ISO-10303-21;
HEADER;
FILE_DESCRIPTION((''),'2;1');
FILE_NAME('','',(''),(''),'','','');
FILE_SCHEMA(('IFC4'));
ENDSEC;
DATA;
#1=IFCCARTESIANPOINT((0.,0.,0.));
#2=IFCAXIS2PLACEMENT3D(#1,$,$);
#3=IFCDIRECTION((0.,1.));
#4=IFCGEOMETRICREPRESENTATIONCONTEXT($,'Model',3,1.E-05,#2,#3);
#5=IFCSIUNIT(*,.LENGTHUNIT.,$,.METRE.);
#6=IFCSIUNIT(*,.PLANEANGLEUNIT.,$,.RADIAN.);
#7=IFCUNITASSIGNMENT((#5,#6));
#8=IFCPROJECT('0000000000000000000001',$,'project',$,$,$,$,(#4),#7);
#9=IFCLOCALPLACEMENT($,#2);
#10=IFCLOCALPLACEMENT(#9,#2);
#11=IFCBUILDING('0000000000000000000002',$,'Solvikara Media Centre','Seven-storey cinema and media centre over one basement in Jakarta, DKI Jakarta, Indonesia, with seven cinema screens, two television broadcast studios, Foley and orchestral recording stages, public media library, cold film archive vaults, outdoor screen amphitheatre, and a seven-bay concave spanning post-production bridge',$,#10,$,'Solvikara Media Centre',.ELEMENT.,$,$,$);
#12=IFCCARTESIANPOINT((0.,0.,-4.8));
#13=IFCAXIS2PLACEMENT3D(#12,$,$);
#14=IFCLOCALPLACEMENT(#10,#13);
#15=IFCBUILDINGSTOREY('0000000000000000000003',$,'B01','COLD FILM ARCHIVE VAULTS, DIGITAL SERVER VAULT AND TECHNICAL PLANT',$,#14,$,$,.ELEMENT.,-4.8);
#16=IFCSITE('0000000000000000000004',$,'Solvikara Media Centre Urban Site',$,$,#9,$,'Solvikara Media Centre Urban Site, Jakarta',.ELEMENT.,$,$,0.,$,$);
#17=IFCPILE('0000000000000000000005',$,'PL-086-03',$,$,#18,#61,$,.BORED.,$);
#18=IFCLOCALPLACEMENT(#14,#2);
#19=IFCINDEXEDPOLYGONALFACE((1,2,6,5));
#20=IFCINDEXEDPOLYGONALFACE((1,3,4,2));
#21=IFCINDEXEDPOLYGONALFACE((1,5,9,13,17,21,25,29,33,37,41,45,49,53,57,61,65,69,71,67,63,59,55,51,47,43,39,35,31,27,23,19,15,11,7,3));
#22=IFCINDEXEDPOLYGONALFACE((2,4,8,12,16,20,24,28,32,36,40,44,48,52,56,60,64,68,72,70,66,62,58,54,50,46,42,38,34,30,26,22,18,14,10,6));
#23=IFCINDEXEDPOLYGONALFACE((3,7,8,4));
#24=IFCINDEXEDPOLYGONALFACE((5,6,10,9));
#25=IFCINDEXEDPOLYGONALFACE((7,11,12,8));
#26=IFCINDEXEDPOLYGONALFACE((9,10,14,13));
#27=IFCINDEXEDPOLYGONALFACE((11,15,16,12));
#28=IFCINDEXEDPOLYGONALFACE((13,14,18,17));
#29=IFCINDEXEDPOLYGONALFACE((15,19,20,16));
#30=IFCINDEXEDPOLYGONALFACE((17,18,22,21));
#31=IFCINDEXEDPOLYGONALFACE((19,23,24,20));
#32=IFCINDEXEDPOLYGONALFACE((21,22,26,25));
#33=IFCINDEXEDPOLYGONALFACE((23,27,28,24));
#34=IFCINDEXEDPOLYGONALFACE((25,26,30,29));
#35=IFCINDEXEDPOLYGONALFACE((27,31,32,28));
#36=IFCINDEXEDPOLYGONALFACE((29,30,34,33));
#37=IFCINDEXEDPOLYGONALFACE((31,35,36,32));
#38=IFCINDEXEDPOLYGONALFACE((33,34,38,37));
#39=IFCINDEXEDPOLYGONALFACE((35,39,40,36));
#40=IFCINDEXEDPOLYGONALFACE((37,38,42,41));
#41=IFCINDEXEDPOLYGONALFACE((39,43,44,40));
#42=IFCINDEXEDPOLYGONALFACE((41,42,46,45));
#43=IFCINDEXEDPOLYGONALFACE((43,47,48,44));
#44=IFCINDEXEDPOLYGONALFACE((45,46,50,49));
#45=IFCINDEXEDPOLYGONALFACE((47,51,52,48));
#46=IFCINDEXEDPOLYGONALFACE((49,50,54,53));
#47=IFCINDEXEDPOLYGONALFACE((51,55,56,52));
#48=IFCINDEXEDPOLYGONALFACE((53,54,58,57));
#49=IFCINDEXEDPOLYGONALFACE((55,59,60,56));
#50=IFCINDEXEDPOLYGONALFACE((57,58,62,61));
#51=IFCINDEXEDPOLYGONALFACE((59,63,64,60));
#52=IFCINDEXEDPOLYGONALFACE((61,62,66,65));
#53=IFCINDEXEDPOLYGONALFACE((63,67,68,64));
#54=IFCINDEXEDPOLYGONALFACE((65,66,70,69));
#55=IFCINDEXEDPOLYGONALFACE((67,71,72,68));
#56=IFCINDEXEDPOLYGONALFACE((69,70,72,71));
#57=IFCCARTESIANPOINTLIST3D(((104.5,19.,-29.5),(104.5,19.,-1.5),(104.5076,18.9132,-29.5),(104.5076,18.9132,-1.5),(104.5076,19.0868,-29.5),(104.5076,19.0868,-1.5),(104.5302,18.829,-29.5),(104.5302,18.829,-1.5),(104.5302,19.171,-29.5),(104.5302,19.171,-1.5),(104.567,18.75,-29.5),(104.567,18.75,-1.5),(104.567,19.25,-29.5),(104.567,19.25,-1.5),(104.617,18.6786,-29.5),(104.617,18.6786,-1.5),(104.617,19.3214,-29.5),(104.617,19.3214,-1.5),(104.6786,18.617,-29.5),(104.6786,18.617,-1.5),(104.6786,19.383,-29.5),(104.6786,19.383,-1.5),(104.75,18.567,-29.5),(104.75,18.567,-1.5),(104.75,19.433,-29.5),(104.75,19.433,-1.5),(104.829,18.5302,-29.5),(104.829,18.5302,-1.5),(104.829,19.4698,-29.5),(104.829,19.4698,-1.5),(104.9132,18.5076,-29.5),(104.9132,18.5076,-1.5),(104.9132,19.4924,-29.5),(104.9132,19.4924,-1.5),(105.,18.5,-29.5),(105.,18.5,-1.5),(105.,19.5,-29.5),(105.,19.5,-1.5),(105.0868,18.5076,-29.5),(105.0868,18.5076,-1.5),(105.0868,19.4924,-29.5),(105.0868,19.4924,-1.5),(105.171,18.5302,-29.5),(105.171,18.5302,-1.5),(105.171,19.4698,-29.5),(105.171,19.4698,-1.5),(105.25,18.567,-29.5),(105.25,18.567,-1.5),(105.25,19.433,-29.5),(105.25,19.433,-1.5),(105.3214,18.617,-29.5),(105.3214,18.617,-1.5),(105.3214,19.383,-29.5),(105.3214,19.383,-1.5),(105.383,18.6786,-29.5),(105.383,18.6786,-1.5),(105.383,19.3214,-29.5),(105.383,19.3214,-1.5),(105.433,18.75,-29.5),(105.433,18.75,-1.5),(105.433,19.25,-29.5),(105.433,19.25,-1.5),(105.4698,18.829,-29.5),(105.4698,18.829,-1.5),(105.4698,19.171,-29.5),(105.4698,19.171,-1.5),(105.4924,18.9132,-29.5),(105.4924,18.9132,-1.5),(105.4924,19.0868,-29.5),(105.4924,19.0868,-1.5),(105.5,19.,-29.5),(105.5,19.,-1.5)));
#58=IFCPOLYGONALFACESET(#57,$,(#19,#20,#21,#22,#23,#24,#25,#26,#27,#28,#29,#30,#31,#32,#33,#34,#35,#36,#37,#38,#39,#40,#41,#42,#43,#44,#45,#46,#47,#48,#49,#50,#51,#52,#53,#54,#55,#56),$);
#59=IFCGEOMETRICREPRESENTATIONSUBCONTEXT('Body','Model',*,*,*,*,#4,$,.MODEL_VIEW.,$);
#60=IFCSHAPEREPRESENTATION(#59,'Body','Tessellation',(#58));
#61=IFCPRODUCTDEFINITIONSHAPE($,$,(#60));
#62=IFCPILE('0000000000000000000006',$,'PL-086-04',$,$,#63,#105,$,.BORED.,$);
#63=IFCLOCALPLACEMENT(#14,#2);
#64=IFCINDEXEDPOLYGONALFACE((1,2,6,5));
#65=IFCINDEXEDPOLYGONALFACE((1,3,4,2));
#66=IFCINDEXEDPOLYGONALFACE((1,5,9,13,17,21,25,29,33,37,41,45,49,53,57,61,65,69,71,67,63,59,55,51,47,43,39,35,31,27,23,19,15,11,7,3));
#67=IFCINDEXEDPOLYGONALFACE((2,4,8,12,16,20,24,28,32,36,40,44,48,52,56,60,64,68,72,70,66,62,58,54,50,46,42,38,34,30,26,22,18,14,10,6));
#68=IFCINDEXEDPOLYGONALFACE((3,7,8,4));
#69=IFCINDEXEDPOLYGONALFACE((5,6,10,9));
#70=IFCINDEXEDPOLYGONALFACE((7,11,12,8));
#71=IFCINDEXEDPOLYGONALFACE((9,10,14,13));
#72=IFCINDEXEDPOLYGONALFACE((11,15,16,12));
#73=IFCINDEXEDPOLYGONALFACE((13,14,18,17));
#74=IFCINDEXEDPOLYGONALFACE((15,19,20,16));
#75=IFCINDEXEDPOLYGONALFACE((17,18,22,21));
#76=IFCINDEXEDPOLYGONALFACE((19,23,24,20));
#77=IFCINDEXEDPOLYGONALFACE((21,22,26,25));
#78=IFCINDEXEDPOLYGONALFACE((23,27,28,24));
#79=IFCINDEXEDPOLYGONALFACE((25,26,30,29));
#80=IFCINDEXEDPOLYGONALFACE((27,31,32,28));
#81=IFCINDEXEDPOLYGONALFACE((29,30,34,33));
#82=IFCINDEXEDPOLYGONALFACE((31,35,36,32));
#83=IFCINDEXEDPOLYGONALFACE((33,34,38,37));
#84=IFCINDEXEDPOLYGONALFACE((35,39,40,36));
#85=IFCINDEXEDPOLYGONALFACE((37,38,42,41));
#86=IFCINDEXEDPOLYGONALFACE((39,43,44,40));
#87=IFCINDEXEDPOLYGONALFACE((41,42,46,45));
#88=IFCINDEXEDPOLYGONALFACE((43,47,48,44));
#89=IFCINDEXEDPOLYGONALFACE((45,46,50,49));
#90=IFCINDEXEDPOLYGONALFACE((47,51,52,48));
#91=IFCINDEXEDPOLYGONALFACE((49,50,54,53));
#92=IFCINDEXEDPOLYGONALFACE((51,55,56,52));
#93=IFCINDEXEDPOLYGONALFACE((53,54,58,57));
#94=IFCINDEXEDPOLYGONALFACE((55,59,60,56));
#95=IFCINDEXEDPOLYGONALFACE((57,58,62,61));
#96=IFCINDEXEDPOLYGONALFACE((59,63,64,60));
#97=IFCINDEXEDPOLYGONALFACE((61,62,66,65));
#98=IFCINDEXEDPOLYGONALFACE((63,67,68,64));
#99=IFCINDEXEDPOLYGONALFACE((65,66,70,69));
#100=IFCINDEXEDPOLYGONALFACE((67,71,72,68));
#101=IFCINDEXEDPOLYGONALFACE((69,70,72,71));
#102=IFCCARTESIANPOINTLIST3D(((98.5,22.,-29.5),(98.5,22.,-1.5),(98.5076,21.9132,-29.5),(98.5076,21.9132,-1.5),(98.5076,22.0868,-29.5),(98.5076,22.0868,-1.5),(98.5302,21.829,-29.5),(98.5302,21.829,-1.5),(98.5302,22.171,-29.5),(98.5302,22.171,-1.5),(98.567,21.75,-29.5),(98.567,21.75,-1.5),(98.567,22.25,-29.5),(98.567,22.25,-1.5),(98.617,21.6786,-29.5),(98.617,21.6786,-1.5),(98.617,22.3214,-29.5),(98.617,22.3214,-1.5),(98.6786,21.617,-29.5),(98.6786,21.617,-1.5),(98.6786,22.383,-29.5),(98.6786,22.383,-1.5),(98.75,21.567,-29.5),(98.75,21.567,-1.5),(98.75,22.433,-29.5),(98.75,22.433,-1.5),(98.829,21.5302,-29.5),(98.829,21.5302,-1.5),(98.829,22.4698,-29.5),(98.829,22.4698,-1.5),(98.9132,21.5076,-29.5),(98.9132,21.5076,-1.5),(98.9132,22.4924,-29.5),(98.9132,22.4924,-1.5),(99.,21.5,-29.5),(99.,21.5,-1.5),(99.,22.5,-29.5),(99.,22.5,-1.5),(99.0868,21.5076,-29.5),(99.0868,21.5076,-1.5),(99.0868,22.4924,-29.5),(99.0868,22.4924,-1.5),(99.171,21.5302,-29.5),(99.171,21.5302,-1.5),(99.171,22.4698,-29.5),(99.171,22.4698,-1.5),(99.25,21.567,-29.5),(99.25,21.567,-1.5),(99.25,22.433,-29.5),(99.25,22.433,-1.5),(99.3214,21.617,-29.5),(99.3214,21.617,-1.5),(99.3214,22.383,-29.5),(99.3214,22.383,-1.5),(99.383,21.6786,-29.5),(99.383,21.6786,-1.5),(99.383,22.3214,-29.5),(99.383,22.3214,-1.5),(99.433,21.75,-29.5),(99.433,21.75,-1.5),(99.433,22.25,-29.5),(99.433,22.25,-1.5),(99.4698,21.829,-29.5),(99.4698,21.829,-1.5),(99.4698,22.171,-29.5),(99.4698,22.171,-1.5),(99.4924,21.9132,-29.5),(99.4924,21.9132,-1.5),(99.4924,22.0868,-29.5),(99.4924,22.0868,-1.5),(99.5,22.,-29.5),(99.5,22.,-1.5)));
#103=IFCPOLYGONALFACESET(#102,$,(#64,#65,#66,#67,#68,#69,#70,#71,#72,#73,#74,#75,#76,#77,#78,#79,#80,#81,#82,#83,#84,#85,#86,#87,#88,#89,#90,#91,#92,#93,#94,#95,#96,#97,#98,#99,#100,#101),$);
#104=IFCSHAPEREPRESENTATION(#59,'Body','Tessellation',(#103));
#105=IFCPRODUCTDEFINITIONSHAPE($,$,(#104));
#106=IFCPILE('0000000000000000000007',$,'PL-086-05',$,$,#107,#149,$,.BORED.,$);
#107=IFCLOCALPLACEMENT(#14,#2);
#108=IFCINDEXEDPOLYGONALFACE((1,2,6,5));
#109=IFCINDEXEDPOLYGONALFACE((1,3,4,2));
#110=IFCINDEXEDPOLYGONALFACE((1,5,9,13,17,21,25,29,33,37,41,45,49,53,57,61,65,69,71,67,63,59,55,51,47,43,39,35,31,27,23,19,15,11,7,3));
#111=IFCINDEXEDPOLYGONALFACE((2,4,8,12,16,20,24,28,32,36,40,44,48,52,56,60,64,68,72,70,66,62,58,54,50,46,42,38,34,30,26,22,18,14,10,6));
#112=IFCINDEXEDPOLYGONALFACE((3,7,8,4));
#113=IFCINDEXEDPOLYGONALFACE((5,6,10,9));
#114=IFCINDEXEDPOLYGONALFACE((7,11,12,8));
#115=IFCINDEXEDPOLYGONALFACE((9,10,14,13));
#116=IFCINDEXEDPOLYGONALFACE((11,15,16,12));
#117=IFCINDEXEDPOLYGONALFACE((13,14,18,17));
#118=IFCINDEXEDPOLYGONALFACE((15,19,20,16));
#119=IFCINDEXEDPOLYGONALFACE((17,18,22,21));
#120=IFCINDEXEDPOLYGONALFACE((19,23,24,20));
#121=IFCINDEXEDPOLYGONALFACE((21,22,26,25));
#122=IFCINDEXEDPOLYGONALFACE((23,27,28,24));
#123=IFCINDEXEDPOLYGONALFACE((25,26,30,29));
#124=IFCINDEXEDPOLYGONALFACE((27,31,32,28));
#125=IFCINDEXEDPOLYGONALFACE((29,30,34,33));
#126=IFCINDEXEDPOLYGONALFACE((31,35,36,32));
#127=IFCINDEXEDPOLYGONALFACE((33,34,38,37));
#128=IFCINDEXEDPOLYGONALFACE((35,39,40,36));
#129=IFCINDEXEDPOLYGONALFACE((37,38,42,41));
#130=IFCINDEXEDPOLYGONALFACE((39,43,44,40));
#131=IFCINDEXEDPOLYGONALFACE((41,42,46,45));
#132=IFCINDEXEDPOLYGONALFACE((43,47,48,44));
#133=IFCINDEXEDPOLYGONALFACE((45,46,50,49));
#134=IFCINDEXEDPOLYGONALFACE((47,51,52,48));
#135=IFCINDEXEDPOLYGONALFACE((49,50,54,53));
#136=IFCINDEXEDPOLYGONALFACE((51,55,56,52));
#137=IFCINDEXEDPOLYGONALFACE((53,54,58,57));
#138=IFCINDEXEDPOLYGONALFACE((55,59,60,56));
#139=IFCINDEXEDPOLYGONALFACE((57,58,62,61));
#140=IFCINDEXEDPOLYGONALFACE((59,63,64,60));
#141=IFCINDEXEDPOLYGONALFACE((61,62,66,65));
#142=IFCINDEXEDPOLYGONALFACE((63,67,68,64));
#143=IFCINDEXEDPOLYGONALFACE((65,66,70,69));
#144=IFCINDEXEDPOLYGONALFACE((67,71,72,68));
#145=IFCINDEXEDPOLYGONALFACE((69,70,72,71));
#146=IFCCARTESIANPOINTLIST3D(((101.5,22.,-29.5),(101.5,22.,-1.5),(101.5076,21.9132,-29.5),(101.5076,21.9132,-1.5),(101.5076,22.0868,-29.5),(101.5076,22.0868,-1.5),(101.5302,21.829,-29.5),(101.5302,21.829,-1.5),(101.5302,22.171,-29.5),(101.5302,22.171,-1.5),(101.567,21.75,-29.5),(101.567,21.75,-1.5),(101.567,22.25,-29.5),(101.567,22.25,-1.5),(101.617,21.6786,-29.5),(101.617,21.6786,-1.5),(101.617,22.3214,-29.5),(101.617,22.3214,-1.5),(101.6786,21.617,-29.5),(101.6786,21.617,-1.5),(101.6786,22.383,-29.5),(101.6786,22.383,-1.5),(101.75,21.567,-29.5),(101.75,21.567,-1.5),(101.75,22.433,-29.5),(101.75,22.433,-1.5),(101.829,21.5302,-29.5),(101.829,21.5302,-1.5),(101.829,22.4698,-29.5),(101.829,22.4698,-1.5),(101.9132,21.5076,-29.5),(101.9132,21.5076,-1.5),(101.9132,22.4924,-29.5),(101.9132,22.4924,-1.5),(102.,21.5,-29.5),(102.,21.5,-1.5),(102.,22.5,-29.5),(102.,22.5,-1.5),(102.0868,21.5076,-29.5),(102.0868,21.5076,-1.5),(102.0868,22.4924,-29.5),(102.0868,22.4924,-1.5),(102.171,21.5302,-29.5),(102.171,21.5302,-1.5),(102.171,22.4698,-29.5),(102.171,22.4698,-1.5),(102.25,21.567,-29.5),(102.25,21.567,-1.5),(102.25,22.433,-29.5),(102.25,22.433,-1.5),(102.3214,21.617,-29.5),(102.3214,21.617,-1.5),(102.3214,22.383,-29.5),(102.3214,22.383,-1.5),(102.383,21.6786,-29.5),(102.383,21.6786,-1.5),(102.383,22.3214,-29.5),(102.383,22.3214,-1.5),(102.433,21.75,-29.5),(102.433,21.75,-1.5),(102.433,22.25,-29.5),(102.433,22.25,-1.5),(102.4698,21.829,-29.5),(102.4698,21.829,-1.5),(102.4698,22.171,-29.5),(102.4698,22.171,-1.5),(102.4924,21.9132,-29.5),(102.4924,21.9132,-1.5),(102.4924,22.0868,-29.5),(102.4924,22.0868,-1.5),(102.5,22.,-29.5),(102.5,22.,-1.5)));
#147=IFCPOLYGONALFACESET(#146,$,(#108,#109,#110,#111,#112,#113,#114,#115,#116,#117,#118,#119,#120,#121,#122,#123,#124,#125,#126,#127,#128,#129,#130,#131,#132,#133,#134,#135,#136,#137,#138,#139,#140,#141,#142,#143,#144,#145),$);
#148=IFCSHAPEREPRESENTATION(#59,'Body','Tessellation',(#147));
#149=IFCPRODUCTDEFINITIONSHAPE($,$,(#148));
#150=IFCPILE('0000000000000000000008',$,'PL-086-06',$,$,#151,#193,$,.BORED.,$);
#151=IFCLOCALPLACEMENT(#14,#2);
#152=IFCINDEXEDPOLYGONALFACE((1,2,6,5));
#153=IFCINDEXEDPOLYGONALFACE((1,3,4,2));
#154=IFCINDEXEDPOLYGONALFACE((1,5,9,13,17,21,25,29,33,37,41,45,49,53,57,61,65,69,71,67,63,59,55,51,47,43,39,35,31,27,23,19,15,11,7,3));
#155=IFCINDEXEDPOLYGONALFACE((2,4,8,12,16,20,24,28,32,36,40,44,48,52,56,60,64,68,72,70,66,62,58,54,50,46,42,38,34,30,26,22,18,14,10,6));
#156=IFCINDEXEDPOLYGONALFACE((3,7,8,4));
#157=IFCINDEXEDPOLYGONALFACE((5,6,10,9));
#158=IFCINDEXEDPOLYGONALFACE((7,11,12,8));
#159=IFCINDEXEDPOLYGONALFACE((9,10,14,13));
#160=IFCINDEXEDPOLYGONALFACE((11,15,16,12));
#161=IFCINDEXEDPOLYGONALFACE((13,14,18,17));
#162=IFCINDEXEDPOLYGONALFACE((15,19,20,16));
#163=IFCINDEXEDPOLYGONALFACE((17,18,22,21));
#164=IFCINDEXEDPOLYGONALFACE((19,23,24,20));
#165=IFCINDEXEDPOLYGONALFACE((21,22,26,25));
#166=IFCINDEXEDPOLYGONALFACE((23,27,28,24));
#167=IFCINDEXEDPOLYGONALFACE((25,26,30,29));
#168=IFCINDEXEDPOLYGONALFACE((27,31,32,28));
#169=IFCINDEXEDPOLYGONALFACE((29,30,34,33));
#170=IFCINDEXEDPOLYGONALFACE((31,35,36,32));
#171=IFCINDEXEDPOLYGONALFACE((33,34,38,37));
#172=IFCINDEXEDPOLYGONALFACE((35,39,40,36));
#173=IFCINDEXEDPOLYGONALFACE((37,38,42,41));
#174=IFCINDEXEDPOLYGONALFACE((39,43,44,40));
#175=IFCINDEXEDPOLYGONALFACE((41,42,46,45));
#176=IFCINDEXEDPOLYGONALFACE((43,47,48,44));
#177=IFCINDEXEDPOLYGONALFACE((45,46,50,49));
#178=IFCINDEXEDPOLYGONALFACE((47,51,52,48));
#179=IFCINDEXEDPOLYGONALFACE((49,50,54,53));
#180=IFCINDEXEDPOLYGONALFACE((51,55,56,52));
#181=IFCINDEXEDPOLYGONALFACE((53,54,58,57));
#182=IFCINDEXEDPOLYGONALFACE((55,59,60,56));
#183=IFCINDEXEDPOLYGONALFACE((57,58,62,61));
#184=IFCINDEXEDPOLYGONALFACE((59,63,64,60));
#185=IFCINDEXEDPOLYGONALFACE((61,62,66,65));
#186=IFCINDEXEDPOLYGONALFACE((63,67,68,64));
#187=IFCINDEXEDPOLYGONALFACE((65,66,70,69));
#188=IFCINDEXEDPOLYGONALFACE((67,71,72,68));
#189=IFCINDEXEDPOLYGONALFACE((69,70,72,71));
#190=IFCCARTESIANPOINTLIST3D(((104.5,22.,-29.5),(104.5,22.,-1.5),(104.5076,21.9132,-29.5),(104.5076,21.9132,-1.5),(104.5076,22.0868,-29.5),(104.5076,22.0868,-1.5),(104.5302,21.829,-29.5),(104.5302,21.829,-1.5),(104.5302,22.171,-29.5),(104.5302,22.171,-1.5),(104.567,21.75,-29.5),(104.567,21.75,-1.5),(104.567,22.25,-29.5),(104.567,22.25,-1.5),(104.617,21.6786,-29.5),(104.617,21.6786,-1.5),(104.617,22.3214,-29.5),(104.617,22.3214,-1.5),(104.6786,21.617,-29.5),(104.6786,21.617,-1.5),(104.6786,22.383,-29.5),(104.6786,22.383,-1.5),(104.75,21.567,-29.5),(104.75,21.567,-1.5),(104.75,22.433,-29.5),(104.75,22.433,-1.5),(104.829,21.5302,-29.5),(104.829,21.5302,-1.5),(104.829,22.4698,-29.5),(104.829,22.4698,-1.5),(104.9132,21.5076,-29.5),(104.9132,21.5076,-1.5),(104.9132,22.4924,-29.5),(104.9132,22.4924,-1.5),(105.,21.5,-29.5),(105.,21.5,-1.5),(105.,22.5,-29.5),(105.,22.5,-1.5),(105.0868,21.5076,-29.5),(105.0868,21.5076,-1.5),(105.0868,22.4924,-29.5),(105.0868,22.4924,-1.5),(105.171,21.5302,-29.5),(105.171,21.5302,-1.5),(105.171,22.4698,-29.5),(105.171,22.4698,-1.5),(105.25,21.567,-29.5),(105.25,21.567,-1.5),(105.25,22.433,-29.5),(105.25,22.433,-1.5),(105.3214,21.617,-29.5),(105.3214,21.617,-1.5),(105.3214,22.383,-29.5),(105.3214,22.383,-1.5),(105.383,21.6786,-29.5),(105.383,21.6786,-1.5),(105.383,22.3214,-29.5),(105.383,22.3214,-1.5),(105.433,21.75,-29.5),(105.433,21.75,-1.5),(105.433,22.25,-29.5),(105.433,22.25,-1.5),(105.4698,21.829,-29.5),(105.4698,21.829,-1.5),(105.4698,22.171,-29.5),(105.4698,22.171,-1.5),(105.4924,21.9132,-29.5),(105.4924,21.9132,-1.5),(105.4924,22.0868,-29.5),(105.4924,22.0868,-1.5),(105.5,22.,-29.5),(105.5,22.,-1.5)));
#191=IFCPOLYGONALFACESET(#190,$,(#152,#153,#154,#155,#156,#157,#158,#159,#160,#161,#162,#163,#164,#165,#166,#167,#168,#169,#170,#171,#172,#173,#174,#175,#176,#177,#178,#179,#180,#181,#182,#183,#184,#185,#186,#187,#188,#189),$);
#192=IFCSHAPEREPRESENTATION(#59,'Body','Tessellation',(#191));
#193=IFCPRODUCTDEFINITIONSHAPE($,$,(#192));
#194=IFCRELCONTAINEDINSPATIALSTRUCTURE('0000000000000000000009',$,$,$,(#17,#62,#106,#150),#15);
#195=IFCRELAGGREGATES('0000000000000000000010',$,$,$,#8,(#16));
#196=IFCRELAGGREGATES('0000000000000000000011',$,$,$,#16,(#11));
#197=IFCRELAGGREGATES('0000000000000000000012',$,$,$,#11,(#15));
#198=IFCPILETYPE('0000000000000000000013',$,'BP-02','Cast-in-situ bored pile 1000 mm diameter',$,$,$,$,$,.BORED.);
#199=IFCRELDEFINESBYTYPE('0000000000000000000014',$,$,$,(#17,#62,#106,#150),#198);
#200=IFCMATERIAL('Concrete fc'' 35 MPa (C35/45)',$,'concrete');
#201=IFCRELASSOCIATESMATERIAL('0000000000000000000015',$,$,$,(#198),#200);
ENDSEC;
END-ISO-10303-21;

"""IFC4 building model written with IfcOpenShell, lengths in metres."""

from ifc_helpers import new_model, si_unit, direction, frame, origin, origin_2d, place, context, subcontext, project, spatial, circle, extrude, material, material_profile, profile_set, type_object, element, save


model = new_model("IFC4")

# Units and contexts
model_context = context("Model", 3, precision=1e-05, world=origin(), true_north=direction((0.0, 1.0)))
body_context = subcontext(model_context, "Body", "Model", "MODEL_VIEW")
ifc_project = project(units=[si_unit("LENGTHUNIT", "METRE"), si_unit("PLANEANGLEUNIT", "RADIAN")], contexts=[model_context])

# Site, building, storey
site_placement = place(None, origin())
site = spatial("IfcSite", under=ifc_project, at=site_placement, Name="Solvikara Media Centre Urban Site", LongName="Solvikara Media Centre Urban Site, Jakarta", CompositionType="ELEMENT", RefElevation=0.0)
building_placement = place(site_placement, origin())
building = spatial("IfcBuilding", under=site, at=building_placement, Name="Solvikara Media Centre", Description="Seven-storey cinema and media centre over one basement in Jakarta, DKI Jakarta, Indonesia, with seven cinema screens, two television broadcast studios, Foley and orchestral recording stages, public media library, cold film archive vaults, outdoor screen amphitheatre, and a seven-bay concave spanning post-production bridge", LongName="Solvikara Media Centre", CompositionType="ELEMENT")
storey_placement = place(building_placement, frame((0.0, 0.0, -4.8)))
storey = spatial("IfcBuildingStorey", under=building, at=storey_placement, Name="B01", Description="COLD FILM ARCHIVE VAULTS, DIGITAL SERVER VAULT AND TECHNICAL PLANT", CompositionType="ELEMENT", Elevation=-4.8)

# Piles
ifc_material_1 = material(Name="Concrete fc' 35 MPa (C35/45)", Category="concrete")
ifc_material_profile_1 = material_profile(ifc_material_1, circle(Radius=0.5, at=origin_2d()), Name="BORED PILE D1000")
ifc_profile_set_1 = profile_set([ifc_material_profile_1], Name="Concrete fc' 35 MPa (C35/45)")
pile_type_1 = type_object("IfcPileType", Name="BP-02", Description="Cast-in-situ bored pile 1000 mm diameter", PredefinedType="BORED", material=ifc_profile_set_1)
for number, where, z_axis, x_axis, name in (
    (1, (105.0, 19.0, -1.5), (0.0, 0.0, -1.0), (1.0, 0.0, 0.0), "PL-086-03"),
    (2, (99.0, 22.0, -1.5), (0.0, 0.0, -1.0), (1.0, 0.0, 0.0), "PL-086-04"),
    (3, (102.0, 22.0, -1.5), (0.0, 0.0, -1.0), (1.0, 0.0, 0.0), "PL-086-05"),
    (4, (105.0, 22.0, -1.5), (0.0, 0.0, -1.0), (1.0, 0.0, 0.0), "PL-086-06"),
):
    element("IfcPile", number, at=place(storey_placement, frame(where, z_axis=z_axis, x_axis=x_axis)), inside=storey, type_object=pile_type_1, Name=name, PredefinedType="BORED", context=body_context, shape_type="SweptSolid", body=[
        extrude(circle(Radius=0.5, at=origin_2d()), origin(), (0.0, 0.0, 1.0), 28.0),
    ])

save(model, "model.ifc")
